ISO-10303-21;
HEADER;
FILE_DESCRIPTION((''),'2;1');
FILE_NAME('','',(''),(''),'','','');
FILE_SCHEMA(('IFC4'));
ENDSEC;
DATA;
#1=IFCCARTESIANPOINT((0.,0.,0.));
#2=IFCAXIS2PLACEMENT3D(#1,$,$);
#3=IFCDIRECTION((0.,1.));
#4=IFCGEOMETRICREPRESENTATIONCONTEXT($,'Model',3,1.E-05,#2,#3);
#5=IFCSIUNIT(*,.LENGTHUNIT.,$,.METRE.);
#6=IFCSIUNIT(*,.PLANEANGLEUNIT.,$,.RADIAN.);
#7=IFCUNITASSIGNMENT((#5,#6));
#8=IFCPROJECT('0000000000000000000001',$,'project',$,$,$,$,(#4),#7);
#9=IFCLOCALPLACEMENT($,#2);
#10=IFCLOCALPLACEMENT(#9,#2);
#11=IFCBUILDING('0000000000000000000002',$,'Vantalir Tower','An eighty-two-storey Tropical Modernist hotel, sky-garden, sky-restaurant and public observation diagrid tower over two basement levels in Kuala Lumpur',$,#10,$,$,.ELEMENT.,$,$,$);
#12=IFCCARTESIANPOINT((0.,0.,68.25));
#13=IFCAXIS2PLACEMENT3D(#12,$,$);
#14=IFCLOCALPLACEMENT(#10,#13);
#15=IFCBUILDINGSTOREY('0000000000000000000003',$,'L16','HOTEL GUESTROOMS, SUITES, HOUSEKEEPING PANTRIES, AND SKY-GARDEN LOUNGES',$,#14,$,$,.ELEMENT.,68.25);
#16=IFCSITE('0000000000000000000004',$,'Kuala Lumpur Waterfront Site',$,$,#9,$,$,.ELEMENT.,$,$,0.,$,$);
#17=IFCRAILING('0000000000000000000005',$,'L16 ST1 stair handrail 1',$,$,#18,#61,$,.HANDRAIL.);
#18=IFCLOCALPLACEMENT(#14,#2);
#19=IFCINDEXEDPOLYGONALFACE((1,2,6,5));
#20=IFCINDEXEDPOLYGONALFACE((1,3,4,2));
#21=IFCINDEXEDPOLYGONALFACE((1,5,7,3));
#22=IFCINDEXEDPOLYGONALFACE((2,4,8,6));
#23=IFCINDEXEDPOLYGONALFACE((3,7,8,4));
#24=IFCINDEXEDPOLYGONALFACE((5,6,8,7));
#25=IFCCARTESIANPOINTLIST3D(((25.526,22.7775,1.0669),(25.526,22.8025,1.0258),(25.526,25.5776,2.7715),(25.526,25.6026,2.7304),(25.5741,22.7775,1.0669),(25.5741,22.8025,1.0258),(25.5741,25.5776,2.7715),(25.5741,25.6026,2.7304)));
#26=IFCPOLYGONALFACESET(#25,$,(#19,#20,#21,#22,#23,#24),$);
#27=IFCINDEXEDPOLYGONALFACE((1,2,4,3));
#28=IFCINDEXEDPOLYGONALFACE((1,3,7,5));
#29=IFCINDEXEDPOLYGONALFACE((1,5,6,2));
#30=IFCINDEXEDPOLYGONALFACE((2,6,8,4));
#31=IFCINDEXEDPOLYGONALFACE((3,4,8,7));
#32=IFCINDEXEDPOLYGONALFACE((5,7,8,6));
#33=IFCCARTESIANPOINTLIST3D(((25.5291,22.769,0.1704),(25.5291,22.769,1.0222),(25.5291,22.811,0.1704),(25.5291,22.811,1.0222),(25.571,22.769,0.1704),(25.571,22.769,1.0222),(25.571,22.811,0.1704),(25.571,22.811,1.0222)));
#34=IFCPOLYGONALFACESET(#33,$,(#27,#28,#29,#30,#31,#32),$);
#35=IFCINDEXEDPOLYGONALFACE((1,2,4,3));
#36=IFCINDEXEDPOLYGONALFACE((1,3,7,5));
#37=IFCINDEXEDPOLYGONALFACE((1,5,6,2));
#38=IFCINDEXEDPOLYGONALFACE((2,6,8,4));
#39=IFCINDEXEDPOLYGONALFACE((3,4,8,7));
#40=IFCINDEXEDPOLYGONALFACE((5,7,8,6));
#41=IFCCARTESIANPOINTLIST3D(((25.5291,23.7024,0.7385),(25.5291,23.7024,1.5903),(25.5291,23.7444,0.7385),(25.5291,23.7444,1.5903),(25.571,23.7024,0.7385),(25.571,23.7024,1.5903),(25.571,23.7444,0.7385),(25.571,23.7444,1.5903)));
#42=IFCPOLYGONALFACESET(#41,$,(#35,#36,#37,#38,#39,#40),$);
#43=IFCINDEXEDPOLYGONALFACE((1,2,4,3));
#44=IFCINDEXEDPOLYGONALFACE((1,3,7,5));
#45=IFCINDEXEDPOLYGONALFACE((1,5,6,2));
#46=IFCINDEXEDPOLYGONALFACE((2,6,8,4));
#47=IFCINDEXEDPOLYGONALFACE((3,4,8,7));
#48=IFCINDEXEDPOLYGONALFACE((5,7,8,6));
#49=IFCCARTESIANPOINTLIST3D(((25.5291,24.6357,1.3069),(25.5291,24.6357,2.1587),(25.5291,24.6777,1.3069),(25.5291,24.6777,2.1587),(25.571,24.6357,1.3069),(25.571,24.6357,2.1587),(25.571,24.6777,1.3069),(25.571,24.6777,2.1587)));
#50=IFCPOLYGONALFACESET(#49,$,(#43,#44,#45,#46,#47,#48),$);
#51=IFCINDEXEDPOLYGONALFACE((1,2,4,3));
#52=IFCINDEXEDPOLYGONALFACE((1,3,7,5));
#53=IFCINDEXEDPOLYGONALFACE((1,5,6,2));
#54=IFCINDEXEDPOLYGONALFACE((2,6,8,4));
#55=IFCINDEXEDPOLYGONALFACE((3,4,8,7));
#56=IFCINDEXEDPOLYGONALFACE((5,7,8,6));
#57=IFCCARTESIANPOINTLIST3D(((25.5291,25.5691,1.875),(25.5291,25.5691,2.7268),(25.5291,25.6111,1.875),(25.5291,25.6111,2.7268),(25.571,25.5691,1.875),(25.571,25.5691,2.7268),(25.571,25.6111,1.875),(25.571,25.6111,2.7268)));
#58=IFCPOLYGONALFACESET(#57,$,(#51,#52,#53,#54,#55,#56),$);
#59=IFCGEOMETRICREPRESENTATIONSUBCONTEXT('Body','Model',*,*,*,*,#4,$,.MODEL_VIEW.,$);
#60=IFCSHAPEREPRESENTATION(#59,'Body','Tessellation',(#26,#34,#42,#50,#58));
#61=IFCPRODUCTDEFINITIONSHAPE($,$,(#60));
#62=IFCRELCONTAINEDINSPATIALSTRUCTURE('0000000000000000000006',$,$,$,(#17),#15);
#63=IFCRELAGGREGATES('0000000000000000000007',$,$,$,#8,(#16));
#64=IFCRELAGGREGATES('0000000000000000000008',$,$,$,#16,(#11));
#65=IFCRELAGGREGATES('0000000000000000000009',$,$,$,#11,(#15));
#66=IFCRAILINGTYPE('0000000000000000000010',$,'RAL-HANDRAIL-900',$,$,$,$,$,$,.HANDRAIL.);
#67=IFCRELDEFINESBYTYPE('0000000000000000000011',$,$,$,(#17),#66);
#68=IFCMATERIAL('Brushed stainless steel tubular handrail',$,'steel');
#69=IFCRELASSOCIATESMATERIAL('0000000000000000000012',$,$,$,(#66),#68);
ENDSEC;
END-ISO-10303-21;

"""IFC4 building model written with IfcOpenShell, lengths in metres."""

from ifc_helpers import new_model, si_unit, direction, frame, origin, origin_2d, place, context, subcontext, project, spatial, rectangle, extrude, material, type_object, element, save


model = new_model("IFC4")

# Units and contexts
model_context = context("Model", 3, precision=1e-05, world=origin(), true_north=direction((0.0, 1.0)))
body_context = subcontext(model_context, "Body", "Model", "MODEL_VIEW")
ifc_project = project(units=[si_unit("LENGTHUNIT", "METRE"), si_unit("PLANEANGLEUNIT", "RADIAN")], contexts=[model_context])

# Site, building, storey
site_placement = place(None, origin())
site = spatial("IfcSite", under=ifc_project, at=site_placement, Name="Kuala Lumpur Waterfront Site", CompositionType="ELEMENT", RefElevation=0.0)
building_placement = place(site_placement, origin())
building = spatial("IfcBuilding", under=site, at=building_placement, Name="Vantalir Tower", Description="An eighty-two-storey Tropical Modernist hotel, sky-garden, sky-restaurant and public observation diagrid tower over two basement levels in Kuala Lumpur", CompositionType="ELEMENT")
storey_placement = place(building_placement, frame((0.0, 0.0, 68.25)))
storey = spatial("IfcBuildingStorey", under=building, at=storey_placement, Name="L16", Description="HOTEL GUESTROOMS, SUITES, HOUSEKEEPING PANTRIES, AND SKY-GARDEN LOUNGES", CompositionType="ELEMENT", Elevation=68.25)

# Railing
ifc_material_1 = material(Name="Brushed stainless steel tubular handrail", Category="steel")
railing_type_1 = type_object("IfcRailingType", Name="RAL-HANDRAIL-900", PredefinedType="HANDRAIL", material=ifc_material_1)
railing_1_placement = place(storey_placement, frame((25.55, 22.79, 0.1704)))
element("IfcRailing", 1, at=railing_1_placement, inside=storey, type_object=railing_type_1, Name="L16 ST1 stair handrail 1", PredefinedType="HANDRAIL", context=body_context, shape_type="SweptSolid", body=[
    extrude(rectangle(XDim=0.0481, YDim=0.0481, at=origin_2d()), frame((0.0, 0.0, 0.876), z_axis=(0.0, 0.85417, 0.519994), x_axis=(-1.0, 0.0, 0.0)), (0.0, 0.0, 1.0), 3.2781),
    extrude(rectangle(XDim=0.042, YDim=0.042, at=origin_2d()), origin(), (0.0, 0.0, 1.0), 0.8518),
    extrude(rectangle(XDim=0.042, YDim=0.042, at=origin_2d()), frame((0.0, 0.9333, 0.5681)), (0.0, 0.0, 1.0), 0.8518),
    extrude(rectangle(XDim=0.042, YDim=0.042, at=origin_2d()), frame((0.0, 1.8667, 1.1365)), (0.0, 0.0, 1.0), 0.8518),
    extrude(rectangle(XDim=0.042, YDim=0.042, at=origin_2d()), frame((0.0, 2.8, 1.7046)), (0.0, 0.0, 1.0), 0.8518),
])

save(model, "model.ifc")
